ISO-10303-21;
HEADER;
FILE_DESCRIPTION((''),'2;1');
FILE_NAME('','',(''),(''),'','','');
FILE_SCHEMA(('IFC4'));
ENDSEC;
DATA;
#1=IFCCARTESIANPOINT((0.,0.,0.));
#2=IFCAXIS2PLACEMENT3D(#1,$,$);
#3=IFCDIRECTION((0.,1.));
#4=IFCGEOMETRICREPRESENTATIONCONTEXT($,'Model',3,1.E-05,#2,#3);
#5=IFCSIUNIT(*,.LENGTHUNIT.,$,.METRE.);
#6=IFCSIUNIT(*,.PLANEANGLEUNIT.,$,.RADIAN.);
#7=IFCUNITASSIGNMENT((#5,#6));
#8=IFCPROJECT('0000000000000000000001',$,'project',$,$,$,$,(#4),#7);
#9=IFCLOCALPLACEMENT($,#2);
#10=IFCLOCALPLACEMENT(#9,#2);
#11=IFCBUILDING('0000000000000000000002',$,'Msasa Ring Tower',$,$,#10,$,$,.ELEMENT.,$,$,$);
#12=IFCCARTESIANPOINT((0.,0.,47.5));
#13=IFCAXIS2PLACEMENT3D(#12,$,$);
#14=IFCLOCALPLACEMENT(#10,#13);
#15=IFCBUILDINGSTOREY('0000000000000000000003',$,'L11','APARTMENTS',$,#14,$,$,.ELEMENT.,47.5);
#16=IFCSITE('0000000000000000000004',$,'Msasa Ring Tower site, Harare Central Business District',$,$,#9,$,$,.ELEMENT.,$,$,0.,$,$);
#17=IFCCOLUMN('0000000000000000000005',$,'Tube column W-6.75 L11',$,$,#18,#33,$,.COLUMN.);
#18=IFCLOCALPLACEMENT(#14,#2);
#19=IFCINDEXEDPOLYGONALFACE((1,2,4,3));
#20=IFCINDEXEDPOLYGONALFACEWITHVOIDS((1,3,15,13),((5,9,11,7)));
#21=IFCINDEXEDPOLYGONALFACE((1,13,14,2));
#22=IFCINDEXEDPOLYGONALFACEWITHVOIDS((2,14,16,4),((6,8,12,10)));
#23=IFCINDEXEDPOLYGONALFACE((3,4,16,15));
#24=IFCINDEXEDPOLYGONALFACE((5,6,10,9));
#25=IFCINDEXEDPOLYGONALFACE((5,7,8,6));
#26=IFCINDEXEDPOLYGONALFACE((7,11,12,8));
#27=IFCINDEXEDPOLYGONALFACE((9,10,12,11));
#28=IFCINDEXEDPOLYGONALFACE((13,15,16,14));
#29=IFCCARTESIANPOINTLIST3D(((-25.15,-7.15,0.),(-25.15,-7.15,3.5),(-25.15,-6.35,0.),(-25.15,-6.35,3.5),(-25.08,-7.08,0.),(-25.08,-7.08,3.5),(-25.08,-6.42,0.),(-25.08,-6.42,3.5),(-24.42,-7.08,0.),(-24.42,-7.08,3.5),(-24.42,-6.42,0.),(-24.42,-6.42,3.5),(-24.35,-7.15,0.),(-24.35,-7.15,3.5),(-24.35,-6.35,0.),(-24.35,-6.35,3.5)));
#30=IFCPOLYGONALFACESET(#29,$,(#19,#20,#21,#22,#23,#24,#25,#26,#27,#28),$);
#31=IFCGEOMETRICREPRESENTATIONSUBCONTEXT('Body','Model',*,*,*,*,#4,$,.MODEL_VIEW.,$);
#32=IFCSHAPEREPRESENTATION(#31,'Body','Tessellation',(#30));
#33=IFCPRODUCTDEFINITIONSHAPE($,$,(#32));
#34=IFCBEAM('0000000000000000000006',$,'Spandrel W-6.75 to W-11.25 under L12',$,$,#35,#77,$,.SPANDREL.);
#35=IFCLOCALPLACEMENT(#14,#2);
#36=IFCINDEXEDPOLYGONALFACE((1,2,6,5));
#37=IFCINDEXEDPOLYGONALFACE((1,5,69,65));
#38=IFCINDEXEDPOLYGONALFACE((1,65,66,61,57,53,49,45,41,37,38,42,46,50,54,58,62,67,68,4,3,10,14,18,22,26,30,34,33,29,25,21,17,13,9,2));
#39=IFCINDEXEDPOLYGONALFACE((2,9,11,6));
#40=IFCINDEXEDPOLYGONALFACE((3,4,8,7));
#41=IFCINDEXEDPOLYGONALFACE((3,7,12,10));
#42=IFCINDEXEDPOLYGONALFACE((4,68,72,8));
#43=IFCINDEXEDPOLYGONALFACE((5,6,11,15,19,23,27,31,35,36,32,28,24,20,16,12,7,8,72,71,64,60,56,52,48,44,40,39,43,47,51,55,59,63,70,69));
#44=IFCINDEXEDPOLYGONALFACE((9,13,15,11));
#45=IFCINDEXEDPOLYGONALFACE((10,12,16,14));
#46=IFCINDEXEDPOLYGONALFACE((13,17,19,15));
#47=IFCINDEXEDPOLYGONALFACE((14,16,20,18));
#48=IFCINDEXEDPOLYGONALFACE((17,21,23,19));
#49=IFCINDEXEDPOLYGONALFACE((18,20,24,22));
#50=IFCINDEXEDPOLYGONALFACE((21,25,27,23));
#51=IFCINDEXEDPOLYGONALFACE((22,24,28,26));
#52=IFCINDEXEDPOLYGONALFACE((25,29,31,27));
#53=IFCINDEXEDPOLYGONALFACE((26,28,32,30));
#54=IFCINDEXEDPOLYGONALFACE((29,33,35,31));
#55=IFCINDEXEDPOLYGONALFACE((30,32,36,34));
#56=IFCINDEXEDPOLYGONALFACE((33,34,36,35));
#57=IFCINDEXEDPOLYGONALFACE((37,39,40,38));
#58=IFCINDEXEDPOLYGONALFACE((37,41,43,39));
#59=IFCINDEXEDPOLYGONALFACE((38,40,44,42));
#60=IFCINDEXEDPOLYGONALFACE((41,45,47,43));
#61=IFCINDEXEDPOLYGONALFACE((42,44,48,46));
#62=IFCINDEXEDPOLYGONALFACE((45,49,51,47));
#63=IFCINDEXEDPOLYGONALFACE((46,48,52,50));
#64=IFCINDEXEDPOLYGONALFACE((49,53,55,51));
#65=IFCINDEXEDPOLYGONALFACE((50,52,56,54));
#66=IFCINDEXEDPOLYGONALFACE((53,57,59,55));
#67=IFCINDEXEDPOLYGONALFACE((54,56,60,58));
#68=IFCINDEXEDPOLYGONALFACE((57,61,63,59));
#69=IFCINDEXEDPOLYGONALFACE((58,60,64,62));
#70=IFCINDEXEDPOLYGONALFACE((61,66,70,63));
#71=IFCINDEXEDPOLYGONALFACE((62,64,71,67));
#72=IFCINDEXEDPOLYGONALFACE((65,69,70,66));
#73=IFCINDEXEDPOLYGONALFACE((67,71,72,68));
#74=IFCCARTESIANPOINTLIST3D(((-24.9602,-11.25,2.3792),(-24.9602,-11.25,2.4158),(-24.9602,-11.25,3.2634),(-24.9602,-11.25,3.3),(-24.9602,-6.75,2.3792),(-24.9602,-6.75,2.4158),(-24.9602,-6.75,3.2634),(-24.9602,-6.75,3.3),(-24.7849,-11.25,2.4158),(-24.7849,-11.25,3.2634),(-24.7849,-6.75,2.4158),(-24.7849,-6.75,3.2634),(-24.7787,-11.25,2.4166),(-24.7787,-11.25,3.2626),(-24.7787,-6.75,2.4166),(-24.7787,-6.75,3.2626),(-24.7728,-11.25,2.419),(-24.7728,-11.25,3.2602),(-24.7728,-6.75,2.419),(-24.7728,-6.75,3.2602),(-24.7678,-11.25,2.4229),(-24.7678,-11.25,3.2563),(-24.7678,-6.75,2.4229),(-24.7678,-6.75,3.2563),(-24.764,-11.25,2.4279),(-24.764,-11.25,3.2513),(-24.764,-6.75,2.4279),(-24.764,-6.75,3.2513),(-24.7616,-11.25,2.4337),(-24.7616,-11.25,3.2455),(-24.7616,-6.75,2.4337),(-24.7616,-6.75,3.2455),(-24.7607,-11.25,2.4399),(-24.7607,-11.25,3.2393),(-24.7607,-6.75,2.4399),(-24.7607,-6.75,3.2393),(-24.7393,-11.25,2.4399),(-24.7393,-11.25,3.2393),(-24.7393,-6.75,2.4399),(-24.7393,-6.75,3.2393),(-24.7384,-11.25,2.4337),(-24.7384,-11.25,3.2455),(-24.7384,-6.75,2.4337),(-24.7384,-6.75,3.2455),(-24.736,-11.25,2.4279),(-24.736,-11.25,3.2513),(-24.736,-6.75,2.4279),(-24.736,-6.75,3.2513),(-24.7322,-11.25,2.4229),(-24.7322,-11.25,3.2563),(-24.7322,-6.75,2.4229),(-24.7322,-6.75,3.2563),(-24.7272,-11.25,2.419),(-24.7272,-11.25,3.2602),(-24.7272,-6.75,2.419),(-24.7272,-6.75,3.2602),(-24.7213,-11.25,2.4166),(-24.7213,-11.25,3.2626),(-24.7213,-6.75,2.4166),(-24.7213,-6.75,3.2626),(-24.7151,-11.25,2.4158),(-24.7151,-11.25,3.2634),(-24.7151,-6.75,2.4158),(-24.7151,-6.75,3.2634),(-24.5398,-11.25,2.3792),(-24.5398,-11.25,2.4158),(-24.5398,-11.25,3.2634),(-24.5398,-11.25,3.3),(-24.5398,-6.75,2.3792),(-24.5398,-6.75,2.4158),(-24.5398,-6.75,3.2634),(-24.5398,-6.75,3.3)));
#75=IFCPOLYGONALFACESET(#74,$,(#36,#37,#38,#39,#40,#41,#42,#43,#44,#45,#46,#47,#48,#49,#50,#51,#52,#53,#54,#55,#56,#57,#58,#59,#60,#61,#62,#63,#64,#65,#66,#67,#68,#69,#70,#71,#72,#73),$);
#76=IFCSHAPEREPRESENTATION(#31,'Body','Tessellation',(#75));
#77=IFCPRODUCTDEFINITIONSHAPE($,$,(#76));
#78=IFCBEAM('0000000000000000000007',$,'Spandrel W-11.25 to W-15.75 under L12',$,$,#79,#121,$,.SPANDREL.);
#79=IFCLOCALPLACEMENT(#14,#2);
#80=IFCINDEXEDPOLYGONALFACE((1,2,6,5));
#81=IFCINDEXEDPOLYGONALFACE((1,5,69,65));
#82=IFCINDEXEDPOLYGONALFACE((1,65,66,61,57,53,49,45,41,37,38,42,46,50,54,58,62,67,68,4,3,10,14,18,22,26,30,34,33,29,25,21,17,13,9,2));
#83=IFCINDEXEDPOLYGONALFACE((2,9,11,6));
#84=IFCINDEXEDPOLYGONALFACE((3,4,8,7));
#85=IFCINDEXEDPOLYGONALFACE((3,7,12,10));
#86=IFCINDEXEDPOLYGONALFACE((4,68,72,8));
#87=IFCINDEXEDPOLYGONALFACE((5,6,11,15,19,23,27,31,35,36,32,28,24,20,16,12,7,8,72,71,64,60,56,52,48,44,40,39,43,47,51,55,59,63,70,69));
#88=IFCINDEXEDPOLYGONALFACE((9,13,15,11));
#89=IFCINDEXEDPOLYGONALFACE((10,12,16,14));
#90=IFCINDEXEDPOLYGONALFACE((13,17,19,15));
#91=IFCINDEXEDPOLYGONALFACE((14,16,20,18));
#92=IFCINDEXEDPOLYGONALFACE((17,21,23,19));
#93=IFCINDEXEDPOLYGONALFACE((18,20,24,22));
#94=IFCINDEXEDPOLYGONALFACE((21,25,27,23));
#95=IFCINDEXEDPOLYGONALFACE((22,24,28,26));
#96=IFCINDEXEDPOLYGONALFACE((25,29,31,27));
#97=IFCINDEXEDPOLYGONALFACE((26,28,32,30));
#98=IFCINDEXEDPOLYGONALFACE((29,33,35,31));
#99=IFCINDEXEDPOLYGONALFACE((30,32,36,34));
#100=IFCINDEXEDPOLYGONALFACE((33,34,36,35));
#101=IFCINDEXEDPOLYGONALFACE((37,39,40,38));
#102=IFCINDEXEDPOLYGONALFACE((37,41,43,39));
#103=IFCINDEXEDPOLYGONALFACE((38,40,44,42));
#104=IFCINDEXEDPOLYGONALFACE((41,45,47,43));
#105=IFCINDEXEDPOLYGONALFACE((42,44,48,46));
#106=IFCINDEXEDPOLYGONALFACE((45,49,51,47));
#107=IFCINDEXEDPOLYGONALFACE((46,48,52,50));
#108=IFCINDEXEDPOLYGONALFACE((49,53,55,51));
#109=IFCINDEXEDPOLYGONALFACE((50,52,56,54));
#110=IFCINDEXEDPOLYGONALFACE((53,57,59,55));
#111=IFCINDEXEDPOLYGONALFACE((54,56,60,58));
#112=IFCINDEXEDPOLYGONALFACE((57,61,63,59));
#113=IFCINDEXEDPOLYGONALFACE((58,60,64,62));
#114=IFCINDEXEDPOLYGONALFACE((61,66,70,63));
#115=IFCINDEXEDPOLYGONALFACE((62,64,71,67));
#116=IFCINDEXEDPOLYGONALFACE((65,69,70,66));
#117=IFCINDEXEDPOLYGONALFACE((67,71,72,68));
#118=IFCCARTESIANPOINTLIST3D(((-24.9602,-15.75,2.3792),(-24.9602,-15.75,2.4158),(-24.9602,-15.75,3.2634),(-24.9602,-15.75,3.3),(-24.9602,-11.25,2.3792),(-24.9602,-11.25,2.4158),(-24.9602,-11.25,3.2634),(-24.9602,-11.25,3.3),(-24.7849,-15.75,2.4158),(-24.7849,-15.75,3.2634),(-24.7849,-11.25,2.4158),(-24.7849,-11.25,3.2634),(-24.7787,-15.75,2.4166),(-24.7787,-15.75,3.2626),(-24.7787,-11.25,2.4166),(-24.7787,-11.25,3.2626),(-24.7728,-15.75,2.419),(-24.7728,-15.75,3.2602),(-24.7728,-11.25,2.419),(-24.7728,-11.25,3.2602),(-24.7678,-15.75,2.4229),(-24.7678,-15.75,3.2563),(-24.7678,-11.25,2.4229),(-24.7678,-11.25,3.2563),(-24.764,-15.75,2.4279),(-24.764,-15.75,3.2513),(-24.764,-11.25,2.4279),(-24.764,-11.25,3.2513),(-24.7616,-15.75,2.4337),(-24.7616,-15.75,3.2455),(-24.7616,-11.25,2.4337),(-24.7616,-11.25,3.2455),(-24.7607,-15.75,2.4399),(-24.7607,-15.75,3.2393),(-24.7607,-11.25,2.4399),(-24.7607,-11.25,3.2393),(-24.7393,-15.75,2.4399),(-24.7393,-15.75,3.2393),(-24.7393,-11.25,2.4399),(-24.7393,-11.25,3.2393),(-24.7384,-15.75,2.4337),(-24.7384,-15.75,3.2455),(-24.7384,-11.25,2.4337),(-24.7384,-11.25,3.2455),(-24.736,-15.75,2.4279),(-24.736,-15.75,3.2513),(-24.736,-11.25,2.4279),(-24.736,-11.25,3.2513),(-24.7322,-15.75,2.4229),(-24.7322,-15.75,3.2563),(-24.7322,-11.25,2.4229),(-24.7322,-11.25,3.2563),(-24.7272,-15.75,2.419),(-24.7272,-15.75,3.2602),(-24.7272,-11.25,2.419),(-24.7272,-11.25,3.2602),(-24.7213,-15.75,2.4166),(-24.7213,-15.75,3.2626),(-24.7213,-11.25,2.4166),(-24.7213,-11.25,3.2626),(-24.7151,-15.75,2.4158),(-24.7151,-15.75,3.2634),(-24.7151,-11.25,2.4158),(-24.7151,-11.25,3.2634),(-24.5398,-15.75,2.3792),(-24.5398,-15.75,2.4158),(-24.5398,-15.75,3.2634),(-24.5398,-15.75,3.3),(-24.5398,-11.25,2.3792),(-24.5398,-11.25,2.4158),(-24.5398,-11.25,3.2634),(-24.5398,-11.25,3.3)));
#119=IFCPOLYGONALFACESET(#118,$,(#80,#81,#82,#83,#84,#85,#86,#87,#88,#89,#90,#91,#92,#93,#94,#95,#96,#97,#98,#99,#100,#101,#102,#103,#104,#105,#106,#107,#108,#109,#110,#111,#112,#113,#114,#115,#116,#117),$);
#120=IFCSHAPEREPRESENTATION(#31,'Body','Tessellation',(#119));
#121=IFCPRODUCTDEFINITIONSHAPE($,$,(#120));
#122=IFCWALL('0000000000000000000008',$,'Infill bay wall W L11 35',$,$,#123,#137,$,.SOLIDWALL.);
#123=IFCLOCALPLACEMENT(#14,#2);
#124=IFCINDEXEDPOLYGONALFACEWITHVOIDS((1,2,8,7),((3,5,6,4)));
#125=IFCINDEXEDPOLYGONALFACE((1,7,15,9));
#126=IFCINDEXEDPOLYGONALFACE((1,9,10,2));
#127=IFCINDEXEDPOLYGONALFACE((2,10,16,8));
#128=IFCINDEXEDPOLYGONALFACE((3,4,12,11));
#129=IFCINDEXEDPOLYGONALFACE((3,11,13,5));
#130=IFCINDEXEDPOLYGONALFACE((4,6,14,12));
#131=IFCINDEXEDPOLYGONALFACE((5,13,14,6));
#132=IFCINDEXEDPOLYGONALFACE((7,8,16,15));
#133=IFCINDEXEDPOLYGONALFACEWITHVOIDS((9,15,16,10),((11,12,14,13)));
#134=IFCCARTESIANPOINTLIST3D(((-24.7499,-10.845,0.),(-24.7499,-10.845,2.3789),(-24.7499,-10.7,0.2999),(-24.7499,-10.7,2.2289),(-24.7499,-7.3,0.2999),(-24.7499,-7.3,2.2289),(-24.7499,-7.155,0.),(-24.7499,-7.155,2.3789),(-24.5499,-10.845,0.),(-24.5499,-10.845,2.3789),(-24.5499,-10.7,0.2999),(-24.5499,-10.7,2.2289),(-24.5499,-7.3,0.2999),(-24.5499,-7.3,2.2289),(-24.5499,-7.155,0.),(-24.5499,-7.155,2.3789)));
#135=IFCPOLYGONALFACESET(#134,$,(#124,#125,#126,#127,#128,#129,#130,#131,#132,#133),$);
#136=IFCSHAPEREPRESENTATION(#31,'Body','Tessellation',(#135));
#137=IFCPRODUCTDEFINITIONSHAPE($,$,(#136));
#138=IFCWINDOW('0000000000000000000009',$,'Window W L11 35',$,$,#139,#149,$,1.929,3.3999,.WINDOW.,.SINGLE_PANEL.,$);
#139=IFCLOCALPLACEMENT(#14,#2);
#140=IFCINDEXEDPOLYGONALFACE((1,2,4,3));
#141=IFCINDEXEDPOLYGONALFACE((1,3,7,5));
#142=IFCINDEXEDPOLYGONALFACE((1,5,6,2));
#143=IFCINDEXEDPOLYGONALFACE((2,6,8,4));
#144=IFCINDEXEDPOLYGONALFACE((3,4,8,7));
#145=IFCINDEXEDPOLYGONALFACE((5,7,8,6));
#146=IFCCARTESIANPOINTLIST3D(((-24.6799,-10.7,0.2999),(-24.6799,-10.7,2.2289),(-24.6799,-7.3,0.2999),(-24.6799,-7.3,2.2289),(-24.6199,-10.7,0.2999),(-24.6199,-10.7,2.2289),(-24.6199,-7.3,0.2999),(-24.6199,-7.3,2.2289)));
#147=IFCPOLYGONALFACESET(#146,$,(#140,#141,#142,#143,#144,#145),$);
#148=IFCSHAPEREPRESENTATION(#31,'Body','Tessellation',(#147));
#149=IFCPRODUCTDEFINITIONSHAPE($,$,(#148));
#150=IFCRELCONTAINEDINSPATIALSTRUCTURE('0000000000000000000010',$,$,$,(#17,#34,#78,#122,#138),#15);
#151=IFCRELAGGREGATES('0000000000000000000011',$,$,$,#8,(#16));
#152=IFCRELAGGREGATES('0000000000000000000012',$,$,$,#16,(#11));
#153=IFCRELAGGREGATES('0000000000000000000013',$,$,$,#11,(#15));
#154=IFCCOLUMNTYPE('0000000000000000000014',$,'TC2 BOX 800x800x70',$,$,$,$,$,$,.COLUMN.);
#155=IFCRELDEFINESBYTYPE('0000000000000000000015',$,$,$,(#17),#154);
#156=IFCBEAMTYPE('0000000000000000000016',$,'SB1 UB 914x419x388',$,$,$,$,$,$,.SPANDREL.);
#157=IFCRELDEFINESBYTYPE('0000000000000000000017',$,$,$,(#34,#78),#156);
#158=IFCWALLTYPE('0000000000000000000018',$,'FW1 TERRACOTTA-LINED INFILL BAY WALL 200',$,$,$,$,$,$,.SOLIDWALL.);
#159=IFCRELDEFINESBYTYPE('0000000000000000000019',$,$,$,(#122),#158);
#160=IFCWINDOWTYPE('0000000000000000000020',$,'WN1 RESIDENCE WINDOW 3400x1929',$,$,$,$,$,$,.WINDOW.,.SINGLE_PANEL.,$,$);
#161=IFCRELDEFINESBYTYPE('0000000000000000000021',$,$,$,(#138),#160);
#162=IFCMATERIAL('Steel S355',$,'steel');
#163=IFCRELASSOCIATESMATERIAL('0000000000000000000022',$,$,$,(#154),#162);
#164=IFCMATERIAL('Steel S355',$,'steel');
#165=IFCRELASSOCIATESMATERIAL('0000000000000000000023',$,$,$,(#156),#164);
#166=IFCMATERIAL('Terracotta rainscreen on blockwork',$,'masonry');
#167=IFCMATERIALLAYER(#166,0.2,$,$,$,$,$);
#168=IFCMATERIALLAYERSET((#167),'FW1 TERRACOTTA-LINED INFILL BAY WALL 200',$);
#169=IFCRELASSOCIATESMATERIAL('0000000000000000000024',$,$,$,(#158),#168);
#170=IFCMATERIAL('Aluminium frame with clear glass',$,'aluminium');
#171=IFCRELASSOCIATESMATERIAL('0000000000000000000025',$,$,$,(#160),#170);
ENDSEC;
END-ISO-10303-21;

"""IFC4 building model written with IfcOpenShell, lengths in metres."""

from ifc_helpers import new_model, si_unit, direction, frame, frame_2d, origin, origin_2d, place, context, subcontext, project, spatial, rectangle, hollow_rectangle, i_section, extrude, material, layer, layer_set, material_profile, profile_set, type_object, element, fill, save


model = new_model("IFC4")

# Units and contexts
model_context = context("Model", 3, precision=1e-05, world=origin(), true_north=direction((0.0, 1.0)))
body_context = subcontext(model_context, "Body", "Model", "MODEL_VIEW")
ifc_project = project(units=[si_unit("LENGTHUNIT", "METRE"), si_unit("PLANEANGLEUNIT", "RADIAN")], contexts=[model_context])

# Site, building, storey
site_placement = place(None, origin())
site = spatial("IfcSite", under=ifc_project, at=site_placement, Name="Msasa Ring Tower site, Harare Central Business District", CompositionType="ELEMENT", RefElevation=0.0)
building_placement = place(site_placement, origin())
building = spatial("IfcBuilding", under=site, at=building_placement, Name="Msasa Ring Tower", CompositionType="ELEMENT")
storey_placement = place(building_placement, frame((0.0, 0.0, 47.5)))
storey = spatial("IfcBuildingStorey", under=building, at=storey_placement, Name="L11", Description="APARTMENTS", CompositionType="ELEMENT", Elevation=47.5)

# Column
ifc_material_1 = material(Name="Steel S355", Category="steel")
ifc_material_profile_1 = material_profile(ifc_material_1, hollow_rectangle(XDim=0.8, YDim=0.8, WallThickness=0.0701, at=origin_2d()), Name="BOX 800x800x70")
ifc_profile_set_1 = profile_set([ifc_material_profile_1], Name="Steel S355")
column_type = type_object("IfcColumnType", Name="TC2 BOX 800x800x70", PredefinedType="COLUMN", material=ifc_profile_set_1)
column_placement = place(storey_placement, frame((-24.75, -6.75, 0.0), z_axis=(0.0, 0.0, 1.0), x_axis=(1.0, 0.0, 0.0)))
element("IfcColumn", 1, at=column_placement, inside=storey, type_object=column_type, Name="Tube column W-6.75 L11", PredefinedType="COLUMN", context=body_context, shape_type="SweptSolid", body=[
    extrude(hollow_rectangle(XDim=0.8, YDim=0.8, WallThickness=0.0701, at=origin_2d()), origin(), (0.0, 0.0, 1.0), 3.5),
])

# Beams
ifc_material_2 = material(Name="Steel S355", Category="steel")
ifc_material_profile_2 = material_profile(ifc_material_2, i_section(OverallWidth=0.4204, OverallDepth=0.9209, WebThickness=0.0215, FlangeThickness=0.0366, FilletRadius=0.0242, at=origin_2d()), Name="UB 914x419x388")
ifc_profile_set_2 = profile_set([ifc_material_profile_2], Name="Steel S355")
beam_type = type_object("IfcBeamType", Name="SB1 UB 914x419x388", PredefinedType="SPANDREL", material=ifc_profile_set_2)
for number, where, z_axis, x_axis, name in (
    (2, (-24.75, -6.75, 2.8396), (0.0, -1.0, 0.0), (1.0, 0.0, 0.0), "Spandrel W-6.75 to W-11.25 under L12"),
    (3, (-24.75, -11.25, 2.8396), (0.0, -1.0, 0.0), (1.0, 0.0, 0.0), "Spandrel W-11.25 to W-15.75 under L12"),
):
    element("IfcBeam", number, at=place(storey_placement, frame(where, z_axis=z_axis, x_axis=x_axis)), inside=storey, type_object=beam_type, Name=name, PredefinedType="SPANDREL", context=body_context, shape_type="SweptSolid", body=[
        extrude(i_section(OverallWidth=0.4204, OverallDepth=0.9209, WebThickness=0.0215, FlangeThickness=0.0366, FilletRadius=0.0242, at=origin_2d()), origin(), (0.0, 0.0, 1.0), 4.5),
    ])

# Wall, opening, window
ifc_material_3 = material(Name="Terracotta rainscreen on blockwork", Category="masonry")
ifc_layer_1 = layer(ifc_material_3, 0.2)
ifc_layer_set_1 = layer_set([ifc_layer_1], Name="FW1 TERRACOTTA-LINED INFILL BAY WALL 200")
wall_type_1 = type_object("IfcWallType", Name="FW1 TERRACOTTA-LINED INFILL BAY WALL 200", PredefinedType="SOLIDWALL", material=ifc_layer_set_1)
wall_1_placement = place(storey_placement, frame((-24.6499, -10.845, 0.0), z_axis=(0.0, 0.0, 1.0), x_axis=(0.0, 1.0, 0.0)))
wall_1 = element("IfcWall", 4, at=wall_1_placement, inside=storey, type_object=wall_type_1, Name="Infill bay wall W L11 35", PredefinedType="SOLIDWALL", context=body_context, shape_type="SweptSolid", body=[
    extrude(rectangle(XDim=3.6899, YDim=0.2, at=frame_2d((1.845, 0.0))), origin(), (0.0, 0.0, 1.0), 2.3789),
])
opening_1_placement = place(wall_1_placement, frame((0.145, 0.0, 0.3)))
opening_1 = element("IfcOpeningElement", 5, at=opening_1_placement, cuts=wall_1, PredefinedType="OPENING", context=body_context, shape_type="SweptSolid", body=[
    extrude(rectangle(XDim=3.3999, YDim=1.929, at=frame_2d((1.7, 0.9644))), frame((0.0, 0.1099, 0.0), z_axis=(0.0, -1.0, 0.0), x_axis=(1.0, 0.0, 0.0)), (0.0, 0.0, 1.0), 0.22),
])
ifc_material_4 = material(Name="Aluminium frame with clear glass", Category="aluminium")
window_type = type_object("IfcWindowType", Name="WN1 RESIDENCE WINDOW 3400x1929", PartitioningType="SINGLE_PANEL", PredefinedType="WINDOW", material=ifc_material_4)
window_placement = place(opening_1_placement, origin())
window = element("IfcWindow", 6, at=window_placement, inside=storey, type_object=window_type, Name="Window W L11 35", OverallHeight=1.929, OverallWidth=3.3999, PartitioningType="SINGLE_PANEL", PredefinedType="WINDOW", context=body_context, shape_type="SweptSolid", body=[
    extrude(rectangle(XDim=3.3999, YDim=1.929, at=frame_2d((1.7, 0.9644))), frame((0.0, 0.03, 0.0), z_axis=(0.0, -1.0, 0.0), x_axis=(1.0, 0.0, 0.0)), (0.0, 0.0, 1.0), 0.0601),
])
fill(opening_1, window)

save(model, "model.ifc")
